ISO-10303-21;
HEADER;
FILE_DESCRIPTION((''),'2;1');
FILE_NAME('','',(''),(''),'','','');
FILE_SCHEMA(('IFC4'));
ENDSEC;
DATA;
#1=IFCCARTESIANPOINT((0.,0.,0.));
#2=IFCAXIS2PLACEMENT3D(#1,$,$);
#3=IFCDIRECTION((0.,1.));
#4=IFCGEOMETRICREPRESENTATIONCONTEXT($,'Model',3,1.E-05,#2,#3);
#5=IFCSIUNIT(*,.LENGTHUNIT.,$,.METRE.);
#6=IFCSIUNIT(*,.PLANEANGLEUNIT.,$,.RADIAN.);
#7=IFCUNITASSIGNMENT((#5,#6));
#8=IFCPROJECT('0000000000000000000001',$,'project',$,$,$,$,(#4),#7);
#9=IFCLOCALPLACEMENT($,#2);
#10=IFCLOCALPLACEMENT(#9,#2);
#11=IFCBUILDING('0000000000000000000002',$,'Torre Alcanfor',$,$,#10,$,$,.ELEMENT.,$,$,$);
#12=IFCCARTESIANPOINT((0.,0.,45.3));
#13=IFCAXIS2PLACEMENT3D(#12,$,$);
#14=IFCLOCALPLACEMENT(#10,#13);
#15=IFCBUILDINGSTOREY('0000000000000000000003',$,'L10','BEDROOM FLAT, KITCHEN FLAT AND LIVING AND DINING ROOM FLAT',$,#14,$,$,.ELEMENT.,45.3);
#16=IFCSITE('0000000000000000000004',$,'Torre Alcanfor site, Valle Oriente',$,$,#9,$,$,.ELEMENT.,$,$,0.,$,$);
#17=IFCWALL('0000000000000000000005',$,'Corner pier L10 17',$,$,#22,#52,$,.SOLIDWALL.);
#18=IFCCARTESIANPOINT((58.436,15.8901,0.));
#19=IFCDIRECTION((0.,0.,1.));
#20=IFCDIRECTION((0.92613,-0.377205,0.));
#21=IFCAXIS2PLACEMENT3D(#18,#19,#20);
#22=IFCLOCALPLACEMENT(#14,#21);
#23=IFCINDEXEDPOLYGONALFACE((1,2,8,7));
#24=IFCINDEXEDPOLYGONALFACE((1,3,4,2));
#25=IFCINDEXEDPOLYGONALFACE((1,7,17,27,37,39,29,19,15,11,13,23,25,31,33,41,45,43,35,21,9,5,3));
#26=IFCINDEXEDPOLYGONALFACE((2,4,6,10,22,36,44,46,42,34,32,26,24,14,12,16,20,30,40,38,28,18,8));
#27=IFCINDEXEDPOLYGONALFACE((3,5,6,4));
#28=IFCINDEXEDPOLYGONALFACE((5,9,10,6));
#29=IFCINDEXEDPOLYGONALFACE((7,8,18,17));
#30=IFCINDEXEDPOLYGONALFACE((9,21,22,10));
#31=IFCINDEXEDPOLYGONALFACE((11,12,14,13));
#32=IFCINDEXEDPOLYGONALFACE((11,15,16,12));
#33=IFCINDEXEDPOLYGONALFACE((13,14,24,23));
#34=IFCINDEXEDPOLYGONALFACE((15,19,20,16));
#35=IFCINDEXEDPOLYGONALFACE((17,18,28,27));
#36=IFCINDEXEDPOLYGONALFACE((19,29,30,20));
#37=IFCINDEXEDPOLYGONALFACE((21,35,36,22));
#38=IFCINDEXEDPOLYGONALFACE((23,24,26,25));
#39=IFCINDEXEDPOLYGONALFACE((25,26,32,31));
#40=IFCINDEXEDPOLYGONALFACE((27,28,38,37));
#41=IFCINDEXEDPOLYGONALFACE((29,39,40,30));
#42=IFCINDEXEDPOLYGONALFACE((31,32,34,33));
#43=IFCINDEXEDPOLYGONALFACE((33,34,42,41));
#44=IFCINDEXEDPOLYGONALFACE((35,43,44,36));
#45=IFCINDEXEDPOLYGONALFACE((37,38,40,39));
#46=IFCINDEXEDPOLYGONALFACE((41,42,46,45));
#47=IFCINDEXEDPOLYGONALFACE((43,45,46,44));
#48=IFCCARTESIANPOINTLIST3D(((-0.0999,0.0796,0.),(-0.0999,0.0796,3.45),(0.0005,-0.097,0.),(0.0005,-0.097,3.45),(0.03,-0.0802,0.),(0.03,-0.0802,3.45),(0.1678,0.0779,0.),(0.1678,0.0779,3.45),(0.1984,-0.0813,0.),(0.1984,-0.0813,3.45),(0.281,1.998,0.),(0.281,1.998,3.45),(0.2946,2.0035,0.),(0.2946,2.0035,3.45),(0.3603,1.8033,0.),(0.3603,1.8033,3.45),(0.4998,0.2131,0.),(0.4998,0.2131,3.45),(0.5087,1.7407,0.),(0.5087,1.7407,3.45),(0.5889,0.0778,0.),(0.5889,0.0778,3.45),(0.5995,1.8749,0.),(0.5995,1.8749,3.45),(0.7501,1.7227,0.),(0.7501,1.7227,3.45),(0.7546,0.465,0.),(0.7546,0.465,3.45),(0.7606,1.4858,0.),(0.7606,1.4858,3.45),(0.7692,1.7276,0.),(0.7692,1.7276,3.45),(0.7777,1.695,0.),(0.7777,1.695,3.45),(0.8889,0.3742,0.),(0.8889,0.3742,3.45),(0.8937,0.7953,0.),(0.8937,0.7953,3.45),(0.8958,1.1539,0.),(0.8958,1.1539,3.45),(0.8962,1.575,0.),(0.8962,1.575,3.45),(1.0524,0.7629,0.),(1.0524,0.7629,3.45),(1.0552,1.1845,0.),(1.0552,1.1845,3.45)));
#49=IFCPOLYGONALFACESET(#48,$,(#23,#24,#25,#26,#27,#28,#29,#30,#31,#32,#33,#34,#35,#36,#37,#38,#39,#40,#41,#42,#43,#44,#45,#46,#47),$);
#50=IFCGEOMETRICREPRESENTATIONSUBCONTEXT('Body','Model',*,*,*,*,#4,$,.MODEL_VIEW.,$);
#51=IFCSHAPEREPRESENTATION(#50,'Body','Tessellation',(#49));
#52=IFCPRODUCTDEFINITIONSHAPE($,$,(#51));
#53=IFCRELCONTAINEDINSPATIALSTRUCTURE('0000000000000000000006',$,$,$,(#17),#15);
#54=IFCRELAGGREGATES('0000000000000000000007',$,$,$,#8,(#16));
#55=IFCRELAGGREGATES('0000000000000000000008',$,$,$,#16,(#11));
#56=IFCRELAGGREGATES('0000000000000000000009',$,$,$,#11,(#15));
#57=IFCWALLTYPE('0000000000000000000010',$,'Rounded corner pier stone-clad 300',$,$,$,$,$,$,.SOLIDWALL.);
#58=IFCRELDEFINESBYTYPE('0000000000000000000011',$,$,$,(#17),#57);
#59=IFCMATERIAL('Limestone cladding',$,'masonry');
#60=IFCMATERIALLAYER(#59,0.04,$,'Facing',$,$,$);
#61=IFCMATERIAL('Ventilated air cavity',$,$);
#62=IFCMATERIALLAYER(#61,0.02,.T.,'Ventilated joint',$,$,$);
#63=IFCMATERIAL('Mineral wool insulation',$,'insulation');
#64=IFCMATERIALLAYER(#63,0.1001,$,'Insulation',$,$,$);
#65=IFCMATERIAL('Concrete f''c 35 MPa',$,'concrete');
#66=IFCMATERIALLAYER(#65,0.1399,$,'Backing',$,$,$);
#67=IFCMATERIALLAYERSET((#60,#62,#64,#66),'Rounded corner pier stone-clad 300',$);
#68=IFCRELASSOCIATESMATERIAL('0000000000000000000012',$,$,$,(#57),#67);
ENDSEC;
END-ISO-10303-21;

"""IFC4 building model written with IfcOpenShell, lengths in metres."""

from ifc_helpers import new_model, si_unit, direction, frame, origin, place, context, subcontext, project, spatial, polyline, outline, extrude, material, layer, layer_set, type_object, element, save


model = new_model("IFC4")

# Units and contexts
model_context = context("Model", 3, precision=1e-05, world=origin(), true_north=direction((0.0, 1.0)))
body_context = subcontext(model_context, "Body", "Model", "MODEL_VIEW")
ifc_project = project(units=[si_unit("LENGTHUNIT", "METRE"), si_unit("PLANEANGLEUNIT", "RADIAN")], contexts=[model_context])

# Site, building, storey
site_placement = place(None, origin())
site = spatial("IfcSite", under=ifc_project, at=site_placement, Name="Torre Alcanfor site, Valle Oriente", CompositionType="ELEMENT", RefElevation=0.0)
building_placement = place(site_placement, origin())
building = spatial("IfcBuilding", under=site, at=building_placement, Name="Torre Alcanfor", CompositionType="ELEMENT")
storey_placement = place(building_placement, frame((0.0, 0.0, 45.3)))
storey = spatial("IfcBuildingStorey", under=building, at=storey_placement, Name="L10", Description="BEDROOM FLAT, KITCHEN FLAT AND LIVING AND DINING ROOM FLAT", CompositionType="ELEMENT", Elevation=45.3)

# Shared definitions
ifc_material_1 = material(Name="Limestone cladding", Category="masonry")
ifc_material_2 = material(Name="Ventilated air cavity")
ifc_material_3 = material(Name="Mineral wool insulation", Category="insulation")
ifc_material_4 = material(Name="Concrete f'c 35 MPa", Category="concrete")

# Wall
ifc_layer_1 = layer(ifc_material_1, 0.04, Name="Facing")
ifc_layer_2 = layer(ifc_material_2, 0.02, ventilated=True, Name="Ventilated joint")
ifc_layer_3 = layer(ifc_material_3, 0.1001, Name="Insulation")
ifc_layer_4 = layer(ifc_material_4, 0.1399, Name="Backing")
ifc_layer_set_1 = layer_set([ifc_layer_1, ifc_layer_2, ifc_layer_3, ifc_layer_4], Name="Rounded corner pier stone-clad 300")
wall_type_1 = type_object("IfcWallType", Name="Rounded corner pier stone-clad 300", PredefinedType="SOLIDWALL", material=ifc_layer_set_1)
wall_1_placement = place(storey_placement, frame((58.436, 15.8901, 0.0), z_axis=(0.0, 0.0, 1.0), x_axis=(0.92613, -0.377205, 0.0)))
element("IfcWall", 1, at=wall_1_placement, inside=storey, type_object=wall_type_1, Name="Corner pier L10 17", PredefinedType="SOLIDWALL", context=body_context, shape_type="SweptSolid", body=[
    extrude(outline(polyline([(0.7692, 1.7276), (0.7501, 1.7227), (0.5995, 1.8749), (0.2946, 2.0035), (0.281, 1.998), (0.3603, 1.8033), (0.5087, 1.7407), (0.7606, 1.4858), (0.8958, 1.1539), (0.8937, 0.7953), (0.7546, 0.465), (0.4998, 0.2131), (0.1678, 0.0779), (-0.0999, 0.0796), (0.0005, -0.097), (0.03, -0.0802), (0.1984, -0.0813), (0.5889, 0.0778), (0.8889, 0.3742), (1.0524, 0.7629), (1.0552, 1.1845), (0.8962, 1.575), (0.7777, 1.695), (0.7692, 1.7276)])), origin(), (0.0, 0.0, 1.0), 3.45),
])

save(model, "model.ifc")
